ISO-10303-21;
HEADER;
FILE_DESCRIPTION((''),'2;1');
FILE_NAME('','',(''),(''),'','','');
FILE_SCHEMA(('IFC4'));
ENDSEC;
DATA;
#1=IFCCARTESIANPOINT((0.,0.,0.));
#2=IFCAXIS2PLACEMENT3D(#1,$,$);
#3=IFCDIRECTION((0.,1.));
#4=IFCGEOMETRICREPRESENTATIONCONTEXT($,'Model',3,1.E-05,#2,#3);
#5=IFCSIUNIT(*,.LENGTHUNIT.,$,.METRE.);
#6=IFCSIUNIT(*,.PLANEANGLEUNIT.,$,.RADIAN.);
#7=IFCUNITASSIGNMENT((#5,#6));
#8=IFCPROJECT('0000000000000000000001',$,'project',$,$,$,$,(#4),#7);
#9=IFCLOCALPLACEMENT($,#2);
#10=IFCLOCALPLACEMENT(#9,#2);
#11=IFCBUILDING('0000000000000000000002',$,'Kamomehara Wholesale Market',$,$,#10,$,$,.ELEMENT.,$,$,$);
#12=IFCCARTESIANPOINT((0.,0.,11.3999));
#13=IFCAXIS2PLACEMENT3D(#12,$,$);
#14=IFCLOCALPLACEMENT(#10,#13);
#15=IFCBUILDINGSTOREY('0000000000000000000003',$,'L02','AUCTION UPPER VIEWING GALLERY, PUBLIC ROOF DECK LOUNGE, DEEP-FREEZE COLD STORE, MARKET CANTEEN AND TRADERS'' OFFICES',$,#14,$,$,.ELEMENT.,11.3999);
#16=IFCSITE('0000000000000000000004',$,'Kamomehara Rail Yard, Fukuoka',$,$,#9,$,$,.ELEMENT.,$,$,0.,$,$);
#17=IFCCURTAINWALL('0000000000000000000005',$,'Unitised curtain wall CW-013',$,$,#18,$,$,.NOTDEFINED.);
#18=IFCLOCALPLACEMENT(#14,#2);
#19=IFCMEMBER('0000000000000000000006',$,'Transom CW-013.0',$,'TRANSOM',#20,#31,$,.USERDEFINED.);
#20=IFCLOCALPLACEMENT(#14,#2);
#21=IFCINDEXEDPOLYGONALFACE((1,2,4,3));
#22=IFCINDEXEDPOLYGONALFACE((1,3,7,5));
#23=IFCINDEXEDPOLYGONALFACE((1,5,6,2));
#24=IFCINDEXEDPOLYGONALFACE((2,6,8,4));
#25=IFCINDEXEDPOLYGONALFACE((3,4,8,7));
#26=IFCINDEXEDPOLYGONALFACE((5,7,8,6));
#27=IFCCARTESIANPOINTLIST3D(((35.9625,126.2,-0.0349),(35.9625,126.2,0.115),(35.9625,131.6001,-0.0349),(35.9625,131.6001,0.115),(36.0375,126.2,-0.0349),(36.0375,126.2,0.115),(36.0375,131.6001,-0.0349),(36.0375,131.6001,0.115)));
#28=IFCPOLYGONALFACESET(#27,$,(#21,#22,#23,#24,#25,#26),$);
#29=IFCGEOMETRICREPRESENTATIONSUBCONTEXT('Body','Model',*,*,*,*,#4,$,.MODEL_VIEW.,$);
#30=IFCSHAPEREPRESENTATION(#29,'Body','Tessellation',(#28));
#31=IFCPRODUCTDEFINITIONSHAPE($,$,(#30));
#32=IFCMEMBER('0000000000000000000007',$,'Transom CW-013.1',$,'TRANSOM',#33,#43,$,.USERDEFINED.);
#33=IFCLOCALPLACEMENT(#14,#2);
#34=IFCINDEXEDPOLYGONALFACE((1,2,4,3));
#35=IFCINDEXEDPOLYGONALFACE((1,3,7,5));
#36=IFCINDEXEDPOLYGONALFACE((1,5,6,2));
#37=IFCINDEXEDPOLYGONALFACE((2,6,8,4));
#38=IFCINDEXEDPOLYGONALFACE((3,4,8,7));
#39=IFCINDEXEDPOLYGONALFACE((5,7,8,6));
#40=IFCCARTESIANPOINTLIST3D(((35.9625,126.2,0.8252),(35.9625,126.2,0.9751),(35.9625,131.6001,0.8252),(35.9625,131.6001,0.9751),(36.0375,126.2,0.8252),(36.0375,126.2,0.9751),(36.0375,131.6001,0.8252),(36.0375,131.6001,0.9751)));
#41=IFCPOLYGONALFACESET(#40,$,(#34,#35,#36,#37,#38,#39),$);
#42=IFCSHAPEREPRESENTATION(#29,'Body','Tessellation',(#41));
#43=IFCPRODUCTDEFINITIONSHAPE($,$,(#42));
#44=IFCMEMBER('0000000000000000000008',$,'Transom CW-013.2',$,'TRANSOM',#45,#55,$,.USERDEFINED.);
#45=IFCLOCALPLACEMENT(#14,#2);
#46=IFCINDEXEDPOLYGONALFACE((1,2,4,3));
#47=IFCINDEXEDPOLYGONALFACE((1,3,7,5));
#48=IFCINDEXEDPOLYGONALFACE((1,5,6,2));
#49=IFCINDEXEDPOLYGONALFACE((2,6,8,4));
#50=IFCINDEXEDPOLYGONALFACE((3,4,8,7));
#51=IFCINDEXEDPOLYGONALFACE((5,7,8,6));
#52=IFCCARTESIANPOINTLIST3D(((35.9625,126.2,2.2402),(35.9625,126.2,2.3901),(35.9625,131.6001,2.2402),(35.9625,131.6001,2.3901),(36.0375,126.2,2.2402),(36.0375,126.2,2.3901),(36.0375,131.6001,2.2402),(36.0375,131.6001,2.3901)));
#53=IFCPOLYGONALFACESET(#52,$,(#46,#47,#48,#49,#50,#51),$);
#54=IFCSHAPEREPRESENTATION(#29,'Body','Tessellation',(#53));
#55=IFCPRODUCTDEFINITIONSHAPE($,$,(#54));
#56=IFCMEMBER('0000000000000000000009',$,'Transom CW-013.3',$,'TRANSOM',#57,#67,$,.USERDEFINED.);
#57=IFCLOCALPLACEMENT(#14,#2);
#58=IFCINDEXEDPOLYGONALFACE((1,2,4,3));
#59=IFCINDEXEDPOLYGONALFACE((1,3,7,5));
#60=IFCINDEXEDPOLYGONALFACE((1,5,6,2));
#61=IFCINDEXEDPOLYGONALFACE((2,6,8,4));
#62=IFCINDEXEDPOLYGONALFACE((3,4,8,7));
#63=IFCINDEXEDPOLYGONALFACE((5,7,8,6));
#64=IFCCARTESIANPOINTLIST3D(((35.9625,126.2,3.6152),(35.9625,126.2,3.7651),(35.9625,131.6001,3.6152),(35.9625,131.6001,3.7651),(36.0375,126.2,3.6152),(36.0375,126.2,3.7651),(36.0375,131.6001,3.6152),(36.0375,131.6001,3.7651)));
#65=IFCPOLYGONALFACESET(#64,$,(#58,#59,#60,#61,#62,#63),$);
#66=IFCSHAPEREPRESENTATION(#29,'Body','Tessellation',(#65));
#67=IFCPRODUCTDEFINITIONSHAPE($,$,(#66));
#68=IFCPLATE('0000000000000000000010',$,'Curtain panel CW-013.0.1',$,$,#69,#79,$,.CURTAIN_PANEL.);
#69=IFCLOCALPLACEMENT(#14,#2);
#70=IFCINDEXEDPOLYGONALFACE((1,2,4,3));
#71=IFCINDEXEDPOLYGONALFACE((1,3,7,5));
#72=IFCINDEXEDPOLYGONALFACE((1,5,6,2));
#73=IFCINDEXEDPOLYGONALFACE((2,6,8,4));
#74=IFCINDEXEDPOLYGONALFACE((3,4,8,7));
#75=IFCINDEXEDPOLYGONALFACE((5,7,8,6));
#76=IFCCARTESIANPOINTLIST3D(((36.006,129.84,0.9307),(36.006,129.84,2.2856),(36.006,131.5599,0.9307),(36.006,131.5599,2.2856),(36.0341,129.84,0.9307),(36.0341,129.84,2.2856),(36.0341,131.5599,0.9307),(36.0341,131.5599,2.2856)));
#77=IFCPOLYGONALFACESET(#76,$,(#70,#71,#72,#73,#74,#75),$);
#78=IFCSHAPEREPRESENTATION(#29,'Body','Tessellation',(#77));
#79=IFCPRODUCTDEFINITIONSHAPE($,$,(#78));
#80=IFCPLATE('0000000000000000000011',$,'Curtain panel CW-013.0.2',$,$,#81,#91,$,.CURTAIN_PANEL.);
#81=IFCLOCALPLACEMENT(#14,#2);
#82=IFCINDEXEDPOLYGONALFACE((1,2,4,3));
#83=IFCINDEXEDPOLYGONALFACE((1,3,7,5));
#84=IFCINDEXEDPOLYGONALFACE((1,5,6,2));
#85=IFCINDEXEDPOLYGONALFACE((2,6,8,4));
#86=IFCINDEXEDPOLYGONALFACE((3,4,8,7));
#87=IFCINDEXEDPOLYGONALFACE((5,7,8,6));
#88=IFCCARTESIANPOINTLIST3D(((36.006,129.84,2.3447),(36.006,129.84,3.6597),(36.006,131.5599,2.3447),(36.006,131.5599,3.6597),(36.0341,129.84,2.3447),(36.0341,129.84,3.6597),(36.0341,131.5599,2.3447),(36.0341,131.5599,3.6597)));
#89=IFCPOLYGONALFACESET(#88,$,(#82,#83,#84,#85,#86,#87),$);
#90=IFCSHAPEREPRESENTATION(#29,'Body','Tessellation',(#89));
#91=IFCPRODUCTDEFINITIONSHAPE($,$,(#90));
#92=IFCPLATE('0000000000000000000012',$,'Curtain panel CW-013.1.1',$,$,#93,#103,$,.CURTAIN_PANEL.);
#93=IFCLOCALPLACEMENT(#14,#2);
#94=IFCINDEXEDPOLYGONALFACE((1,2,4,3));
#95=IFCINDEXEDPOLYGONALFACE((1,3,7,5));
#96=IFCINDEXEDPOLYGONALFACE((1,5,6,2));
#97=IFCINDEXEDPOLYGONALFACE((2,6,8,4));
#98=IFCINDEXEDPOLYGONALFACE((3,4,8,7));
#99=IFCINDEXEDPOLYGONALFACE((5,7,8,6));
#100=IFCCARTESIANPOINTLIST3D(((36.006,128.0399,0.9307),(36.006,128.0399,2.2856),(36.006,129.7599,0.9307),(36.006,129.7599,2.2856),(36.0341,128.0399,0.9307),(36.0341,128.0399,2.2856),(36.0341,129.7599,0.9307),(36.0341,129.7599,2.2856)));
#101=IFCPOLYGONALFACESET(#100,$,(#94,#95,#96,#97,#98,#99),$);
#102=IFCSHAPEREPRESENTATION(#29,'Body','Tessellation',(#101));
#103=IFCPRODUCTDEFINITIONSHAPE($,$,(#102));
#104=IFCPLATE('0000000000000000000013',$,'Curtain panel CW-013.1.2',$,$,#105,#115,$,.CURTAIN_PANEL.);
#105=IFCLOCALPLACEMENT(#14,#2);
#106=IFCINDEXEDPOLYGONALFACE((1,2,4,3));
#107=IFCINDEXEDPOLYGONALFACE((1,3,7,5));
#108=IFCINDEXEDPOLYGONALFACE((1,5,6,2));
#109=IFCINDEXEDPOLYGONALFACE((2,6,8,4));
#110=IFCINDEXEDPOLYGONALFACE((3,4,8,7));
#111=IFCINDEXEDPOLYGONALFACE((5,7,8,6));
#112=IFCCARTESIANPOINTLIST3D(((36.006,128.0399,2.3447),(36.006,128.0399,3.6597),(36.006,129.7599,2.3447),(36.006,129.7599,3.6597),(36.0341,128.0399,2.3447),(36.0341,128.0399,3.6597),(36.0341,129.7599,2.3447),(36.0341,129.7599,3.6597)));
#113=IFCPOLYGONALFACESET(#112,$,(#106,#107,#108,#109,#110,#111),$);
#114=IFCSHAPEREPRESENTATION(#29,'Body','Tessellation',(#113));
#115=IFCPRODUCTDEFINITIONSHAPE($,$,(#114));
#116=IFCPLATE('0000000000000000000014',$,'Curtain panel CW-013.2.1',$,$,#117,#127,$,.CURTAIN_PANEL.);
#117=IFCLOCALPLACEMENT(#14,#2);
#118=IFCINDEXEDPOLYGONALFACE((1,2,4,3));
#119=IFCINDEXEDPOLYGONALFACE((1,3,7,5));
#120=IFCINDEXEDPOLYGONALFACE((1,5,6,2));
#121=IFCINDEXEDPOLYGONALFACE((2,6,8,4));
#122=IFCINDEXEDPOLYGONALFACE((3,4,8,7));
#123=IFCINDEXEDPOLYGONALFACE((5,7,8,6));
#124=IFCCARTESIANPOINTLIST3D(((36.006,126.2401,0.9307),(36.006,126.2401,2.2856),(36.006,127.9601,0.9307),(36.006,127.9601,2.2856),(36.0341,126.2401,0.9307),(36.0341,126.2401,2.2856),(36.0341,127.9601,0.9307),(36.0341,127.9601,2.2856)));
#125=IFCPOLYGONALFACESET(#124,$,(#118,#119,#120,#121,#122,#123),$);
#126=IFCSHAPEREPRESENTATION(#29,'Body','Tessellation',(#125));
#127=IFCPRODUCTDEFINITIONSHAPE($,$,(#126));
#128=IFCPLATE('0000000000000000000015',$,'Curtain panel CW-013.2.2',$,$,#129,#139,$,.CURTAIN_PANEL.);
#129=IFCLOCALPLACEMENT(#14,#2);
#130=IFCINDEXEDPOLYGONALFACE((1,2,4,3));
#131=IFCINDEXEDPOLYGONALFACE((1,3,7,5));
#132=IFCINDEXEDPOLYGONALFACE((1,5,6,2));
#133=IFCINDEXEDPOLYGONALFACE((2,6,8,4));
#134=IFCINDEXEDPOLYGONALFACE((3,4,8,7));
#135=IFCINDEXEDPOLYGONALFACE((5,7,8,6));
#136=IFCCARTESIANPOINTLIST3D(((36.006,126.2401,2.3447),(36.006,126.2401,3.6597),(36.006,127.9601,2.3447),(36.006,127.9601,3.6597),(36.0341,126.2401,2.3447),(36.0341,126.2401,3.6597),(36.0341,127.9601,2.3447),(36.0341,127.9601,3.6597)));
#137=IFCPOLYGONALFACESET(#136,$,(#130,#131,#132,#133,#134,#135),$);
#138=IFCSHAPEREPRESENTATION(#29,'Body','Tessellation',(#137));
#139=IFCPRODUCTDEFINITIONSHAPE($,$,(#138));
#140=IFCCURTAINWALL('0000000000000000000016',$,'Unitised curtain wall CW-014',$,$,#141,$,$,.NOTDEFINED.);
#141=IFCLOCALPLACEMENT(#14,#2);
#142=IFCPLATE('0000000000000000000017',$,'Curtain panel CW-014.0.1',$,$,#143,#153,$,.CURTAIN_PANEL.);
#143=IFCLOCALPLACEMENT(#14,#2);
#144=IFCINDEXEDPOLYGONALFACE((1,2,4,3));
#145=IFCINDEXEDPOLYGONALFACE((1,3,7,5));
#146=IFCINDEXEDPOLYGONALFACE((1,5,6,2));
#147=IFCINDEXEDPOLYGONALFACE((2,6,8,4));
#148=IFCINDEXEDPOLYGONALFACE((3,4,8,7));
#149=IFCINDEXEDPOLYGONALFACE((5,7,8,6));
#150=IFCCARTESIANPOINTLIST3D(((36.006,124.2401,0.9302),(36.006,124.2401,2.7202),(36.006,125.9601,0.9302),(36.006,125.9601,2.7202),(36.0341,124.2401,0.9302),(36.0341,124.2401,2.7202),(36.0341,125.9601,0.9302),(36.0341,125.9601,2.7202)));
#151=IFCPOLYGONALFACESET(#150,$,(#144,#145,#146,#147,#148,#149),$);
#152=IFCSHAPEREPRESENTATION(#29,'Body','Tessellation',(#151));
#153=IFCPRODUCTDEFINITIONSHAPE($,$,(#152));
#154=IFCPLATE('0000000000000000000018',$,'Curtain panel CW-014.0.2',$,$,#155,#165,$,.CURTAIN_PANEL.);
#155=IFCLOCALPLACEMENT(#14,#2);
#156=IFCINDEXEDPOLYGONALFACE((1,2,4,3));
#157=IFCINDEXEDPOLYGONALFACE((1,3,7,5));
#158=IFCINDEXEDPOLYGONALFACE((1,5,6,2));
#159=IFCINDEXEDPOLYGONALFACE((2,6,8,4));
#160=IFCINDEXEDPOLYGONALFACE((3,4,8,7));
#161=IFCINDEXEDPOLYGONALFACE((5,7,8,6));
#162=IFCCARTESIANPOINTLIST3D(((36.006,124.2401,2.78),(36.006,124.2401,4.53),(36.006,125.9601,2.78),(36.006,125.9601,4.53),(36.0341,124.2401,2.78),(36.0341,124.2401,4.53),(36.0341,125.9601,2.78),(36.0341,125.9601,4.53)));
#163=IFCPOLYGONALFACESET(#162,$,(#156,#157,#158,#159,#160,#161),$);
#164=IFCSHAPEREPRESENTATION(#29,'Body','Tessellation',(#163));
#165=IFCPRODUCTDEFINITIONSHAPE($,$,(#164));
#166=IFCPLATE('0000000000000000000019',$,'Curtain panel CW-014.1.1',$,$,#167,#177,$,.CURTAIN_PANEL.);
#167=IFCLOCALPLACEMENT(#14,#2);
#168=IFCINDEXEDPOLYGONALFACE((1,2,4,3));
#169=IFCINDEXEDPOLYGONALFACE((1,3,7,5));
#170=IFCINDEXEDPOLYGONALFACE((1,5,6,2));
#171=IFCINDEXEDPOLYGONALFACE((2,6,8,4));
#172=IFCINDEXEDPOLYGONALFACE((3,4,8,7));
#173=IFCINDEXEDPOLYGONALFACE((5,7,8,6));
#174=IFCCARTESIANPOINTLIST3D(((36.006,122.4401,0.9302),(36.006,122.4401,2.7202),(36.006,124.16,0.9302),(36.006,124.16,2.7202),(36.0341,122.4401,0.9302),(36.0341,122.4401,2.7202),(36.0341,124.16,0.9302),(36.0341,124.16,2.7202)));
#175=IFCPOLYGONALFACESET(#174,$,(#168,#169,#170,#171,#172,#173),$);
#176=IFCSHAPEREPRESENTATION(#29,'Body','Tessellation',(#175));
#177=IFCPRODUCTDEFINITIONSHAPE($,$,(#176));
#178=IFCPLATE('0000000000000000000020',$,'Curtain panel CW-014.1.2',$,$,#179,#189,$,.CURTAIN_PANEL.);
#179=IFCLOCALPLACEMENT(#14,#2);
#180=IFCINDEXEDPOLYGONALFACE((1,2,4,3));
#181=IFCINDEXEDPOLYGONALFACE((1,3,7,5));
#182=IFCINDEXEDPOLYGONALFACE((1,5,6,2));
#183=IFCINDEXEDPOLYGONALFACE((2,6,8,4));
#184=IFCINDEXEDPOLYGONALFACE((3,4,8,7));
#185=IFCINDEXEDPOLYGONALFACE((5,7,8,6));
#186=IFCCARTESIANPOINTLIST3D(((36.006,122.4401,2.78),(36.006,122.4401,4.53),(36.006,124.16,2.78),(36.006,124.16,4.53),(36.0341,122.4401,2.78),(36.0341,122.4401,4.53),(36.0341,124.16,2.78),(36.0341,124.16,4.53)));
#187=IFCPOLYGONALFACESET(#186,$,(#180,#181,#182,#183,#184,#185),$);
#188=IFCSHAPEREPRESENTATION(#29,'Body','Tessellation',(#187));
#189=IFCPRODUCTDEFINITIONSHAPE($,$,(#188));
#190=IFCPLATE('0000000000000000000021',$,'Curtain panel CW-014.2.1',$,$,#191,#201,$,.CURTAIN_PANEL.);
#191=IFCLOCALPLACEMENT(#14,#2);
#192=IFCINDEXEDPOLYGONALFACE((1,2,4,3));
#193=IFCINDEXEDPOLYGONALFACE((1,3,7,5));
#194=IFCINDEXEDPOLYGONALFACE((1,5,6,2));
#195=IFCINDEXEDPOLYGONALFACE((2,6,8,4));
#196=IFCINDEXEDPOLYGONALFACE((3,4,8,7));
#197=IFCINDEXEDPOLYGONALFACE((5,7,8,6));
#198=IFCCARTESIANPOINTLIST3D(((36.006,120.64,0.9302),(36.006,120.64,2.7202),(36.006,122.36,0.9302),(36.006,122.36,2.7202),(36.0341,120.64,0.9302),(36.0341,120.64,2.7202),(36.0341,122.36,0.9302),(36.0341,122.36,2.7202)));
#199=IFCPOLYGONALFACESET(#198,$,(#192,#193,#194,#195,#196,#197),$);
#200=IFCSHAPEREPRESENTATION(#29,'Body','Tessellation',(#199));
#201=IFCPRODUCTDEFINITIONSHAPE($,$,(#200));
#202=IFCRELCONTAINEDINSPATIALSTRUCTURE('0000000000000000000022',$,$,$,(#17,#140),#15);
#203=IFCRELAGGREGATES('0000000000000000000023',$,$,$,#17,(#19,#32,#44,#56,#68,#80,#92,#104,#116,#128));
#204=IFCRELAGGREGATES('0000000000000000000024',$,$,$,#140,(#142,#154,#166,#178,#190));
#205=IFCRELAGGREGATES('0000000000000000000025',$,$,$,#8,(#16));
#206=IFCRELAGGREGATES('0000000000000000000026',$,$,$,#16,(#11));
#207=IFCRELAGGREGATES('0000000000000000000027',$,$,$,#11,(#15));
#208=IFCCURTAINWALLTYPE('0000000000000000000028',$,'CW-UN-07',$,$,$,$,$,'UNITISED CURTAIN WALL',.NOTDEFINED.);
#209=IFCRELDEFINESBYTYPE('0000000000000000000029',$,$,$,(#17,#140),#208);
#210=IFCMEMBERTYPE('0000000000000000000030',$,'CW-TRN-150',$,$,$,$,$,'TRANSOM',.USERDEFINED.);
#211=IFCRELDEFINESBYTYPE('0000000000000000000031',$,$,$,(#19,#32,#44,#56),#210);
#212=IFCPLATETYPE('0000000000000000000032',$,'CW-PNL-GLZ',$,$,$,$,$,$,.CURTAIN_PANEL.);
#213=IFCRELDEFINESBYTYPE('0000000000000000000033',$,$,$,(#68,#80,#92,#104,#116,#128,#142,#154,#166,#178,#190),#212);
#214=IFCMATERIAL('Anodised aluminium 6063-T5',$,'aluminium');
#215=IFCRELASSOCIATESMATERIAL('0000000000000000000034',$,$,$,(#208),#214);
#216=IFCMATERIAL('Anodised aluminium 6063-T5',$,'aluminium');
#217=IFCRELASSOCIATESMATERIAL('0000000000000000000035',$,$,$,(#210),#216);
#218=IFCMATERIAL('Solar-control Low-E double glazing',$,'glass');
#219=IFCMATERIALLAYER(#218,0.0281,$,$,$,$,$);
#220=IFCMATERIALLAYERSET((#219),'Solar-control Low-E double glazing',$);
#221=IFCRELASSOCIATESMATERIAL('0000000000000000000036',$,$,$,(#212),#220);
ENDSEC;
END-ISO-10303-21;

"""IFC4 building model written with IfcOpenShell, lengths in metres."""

from ifc_helpers import new_model, si_unit, direction, frame, origin, origin_2d, place, context, subcontext, project, spatial, rectangle, extrude, material, layer, layer_set, material_profile, profile_set, type_object, element, aggregate, save


model = new_model("IFC4")

# Units and contexts
model_context = context("Model", 3, precision=1e-05, world=origin(), true_north=direction((0.0, 1.0)))
body_context = subcontext(model_context, "Body", "Model", "MODEL_VIEW")
ifc_project = project(units=[si_unit("LENGTHUNIT", "METRE"), si_unit("PLANEANGLEUNIT", "RADIAN")], contexts=[model_context])

# Site, building, storey
site_placement = place(None, origin())
site = spatial("IfcSite", under=ifc_project, at=site_placement, Name="Kamomehara Rail Yard, Fukuoka", CompositionType="ELEMENT", RefElevation=0.0)
building_placement = place(site_placement, origin())
building = spatial("IfcBuilding", under=site, at=building_placement, Name="Kamomehara Wholesale Market", CompositionType="ELEMENT")
storey_placement = place(building_placement, frame((0.0, 0.0, 11.3999)))
storey = spatial("IfcBuildingStorey", under=building, at=storey_placement, Name="L02", Description="AUCTION UPPER VIEWING GALLERY, PUBLIC ROOF DECK LOUNGE, DEEP-FREEZE COLD STORE, MARKET CANTEEN AND TRADERS' OFFICES", CompositionType="ELEMENT", Elevation=11.3999)

# Curtain wall, members, plates
ifc_material_1 = material(Name="Anodised aluminium 6063-T5", Category="aluminium")
curtain_wall_type = type_object("IfcCurtainWallType", Name="CW-UN-07", ElementType="UNITISED CURTAIN WALL", PredefinedType="NOTDEFINED", material=ifc_material_1)
curtain_wall_1_placement = place(storey_placement, origin())
curtain_wall_1 = element("IfcCurtainWall", 1, at=curtain_wall_1_placement, inside=storey, type_object=curtain_wall_type, Name="Unitised curtain wall CW-013", PredefinedType="NOTDEFINED")
ifc_material_2 = material(Name="Anodised aluminium 6063-T5", Category="aluminium")
ifc_material_profile_1 = material_profile(ifc_material_2, rectangle(XDim=0.075, YDim=0.1499, at=origin_2d()), Name="ALU-TRN-75x150")
ifc_profile_set_1 = profile_set([ifc_material_profile_1], Name="Anodised aluminium 6063-T5")
member_type_1 = type_object("IfcMemberType", Name="CW-TRN-150", ElementType="TRANSOM", PredefinedType="USERDEFINED", material=ifc_profile_set_1)
member_1_placement = place(storey_placement, frame((36.0, 131.6001, 0.04), z_axis=(0.0, -1.0, 0.0), x_axis=(1.0, 0.0, 0.0)))
member_1 = element("IfcMember", 2, at=member_1_placement, type_object=member_type_1, Name="Transom CW-013.0", ObjectType="TRANSOM", PredefinedType="USERDEFINED", context=body_context, shape_type="SweptSolid", body=[
    extrude(rectangle(XDim=0.075, YDim=0.1499, at=origin_2d()), origin(), (0.0, 0.0, 1.0), 5.4001),
])
member_2_placement = place(storey_placement, frame((36.0, 131.6001, 0.9001), z_axis=(0.0, -1.0, 0.0), x_axis=(1.0, 0.0, 0.0)))
member_2 = element("IfcMember", 3, at=member_2_placement, type_object=member_type_1, Name="Transom CW-013.1", ObjectType="TRANSOM", PredefinedType="USERDEFINED", context=body_context, shape_type="SweptSolid", body=[
    extrude(rectangle(XDim=0.075, YDim=0.1499, at=origin_2d()), origin(), (0.0, 0.0, 1.0), 5.4001),
])
member_3_placement = place(storey_placement, frame((36.0, 131.6001, 2.3152), z_axis=(0.0, -1.0, 0.0), x_axis=(1.0, 0.0, 0.0)))
member_3 = element("IfcMember", 4, at=member_3_placement, type_object=member_type_1, Name="Transom CW-013.2", ObjectType="TRANSOM", PredefinedType="USERDEFINED", context=body_context, shape_type="SweptSolid", body=[
    extrude(rectangle(XDim=0.075, YDim=0.1499, at=origin_2d()), origin(), (0.0, 0.0, 1.0), 5.4001),
])
member_4_placement = place(storey_placement, frame((36.0, 131.6001, 3.6902), z_axis=(0.0, -1.0, 0.0), x_axis=(1.0, 0.0, 0.0)))
member_4 = element("IfcMember", 5, at=member_4_placement, type_object=member_type_1, Name="Transom CW-013.3", ObjectType="TRANSOM", PredefinedType="USERDEFINED", context=body_context, shape_type="SweptSolid", body=[
    extrude(rectangle(XDim=0.075, YDim=0.1499, at=origin_2d()), origin(), (0.0, 0.0, 1.0), 5.4001),
])
ifc_material_3 = material(Name="Solar-control Low-E double glazing", Category="glass")
ifc_layer_1 = layer(ifc_material_3, 0.0281)
ifc_layer_set_1 = layer_set([ifc_layer_1], Name="Solar-control Low-E double glazing")
plate_type_1 = type_object("IfcPlateType", Name="CW-PNL-GLZ", PredefinedType="CURTAIN_PANEL", material=ifc_layer_set_1)
plate_1_placement = place(storey_placement, frame((36.02, 130.7, 0.9307), z_axis=(0.0, 0.0, 1.0), x_axis=(0.0, -1.0, 0.0)))
plate_1 = element("IfcPlate", 6, at=plate_1_placement, type_object=plate_type_1, Name="Curtain panel CW-013.0.1", PredefinedType="CURTAIN_PANEL", context=body_context, shape_type="SweptSolid", body=[
    extrude(rectangle(XDim=1.72, YDim=0.0281, at=origin_2d()), origin(), (0.0, 0.0, 1.0), 1.355),
])
plate_2_placement = place(storey_placement, frame((36.02, 130.7, 2.3447), z_axis=(0.0, 0.0, 1.0), x_axis=(0.0, -1.0, 0.0)))
plate_2 = element("IfcPlate", 7, at=plate_2_placement, type_object=plate_type_1, Name="Curtain panel CW-013.0.2", PredefinedType="CURTAIN_PANEL", context=body_context, shape_type="SweptSolid", body=[
    extrude(rectangle(XDim=1.72, YDim=0.0281, at=origin_2d()), origin(), (0.0, 0.0, 1.0), 1.3149),
])
plate_3_placement = place(storey_placement, frame((36.02, 128.8999, 0.9307), z_axis=(0.0, 0.0, 1.0), x_axis=(0.0, -1.0, 0.0)))
plate_3 = element("IfcPlate", 8, at=plate_3_placement, type_object=plate_type_1, Name="Curtain panel CW-013.1.1", PredefinedType="CURTAIN_PANEL", context=body_context, shape_type="SweptSolid", body=[
    extrude(rectangle(XDim=1.72, YDim=0.0281, at=origin_2d()), origin(), (0.0, 0.0, 1.0), 1.355),
])
plate_4_placement = place(storey_placement, frame((36.02, 128.8999, 2.3447), z_axis=(0.0, 0.0, 1.0), x_axis=(0.0, -1.0, 0.0)))
plate_4 = element("IfcPlate", 9, at=plate_4_placement, type_object=plate_type_1, Name="Curtain panel CW-013.1.2", PredefinedType="CURTAIN_PANEL", context=body_context, shape_type="SweptSolid", body=[
    extrude(rectangle(XDim=1.72, YDim=0.0281, at=origin_2d()), origin(), (0.0, 0.0, 1.0), 1.3149),
])
plate_5_placement = place(storey_placement, frame((36.02, 127.1001, 0.9307), z_axis=(0.0, 0.0, 1.0), x_axis=(0.0, -1.0, 0.0)))
plate_5 = element("IfcPlate", 10, at=plate_5_placement, type_object=plate_type_1, Name="Curtain panel CW-013.2.1", PredefinedType="CURTAIN_PANEL", context=body_context, shape_type="SweptSolid", body=[
    extrude(rectangle(XDim=1.72, YDim=0.0281, at=origin_2d()), origin(), (0.0, 0.0, 1.0), 1.355),
])
plate_6_placement = place(storey_placement, frame((36.02, 127.1001, 2.3447), z_axis=(0.0, 0.0, 1.0), x_axis=(0.0, -1.0, 0.0)))
plate_6 = element("IfcPlate", 11, at=plate_6_placement, type_object=plate_type_1, Name="Curtain panel CW-013.2.2", PredefinedType="CURTAIN_PANEL", context=body_context, shape_type="SweptSolid", body=[
    extrude(rectangle(XDim=1.72, YDim=0.0281, at=origin_2d()), origin(), (0.0, 0.0, 1.0), 1.3149),
])

# Curtain wall, plates
curtain_wall_2_placement = place(storey_placement, origin())
curtain_wall_2 = element("IfcCurtainWall", 12, at=curtain_wall_2_placement, inside=storey, type_object=curtain_wall_type, Name="Unitised curtain wall CW-014", PredefinedType="NOTDEFINED")
plate_7_placement = place(storey_placement, frame((36.02, 125.1001, 0.9302), z_axis=(0.0, 0.0, 1.0), x_axis=(0.0, -1.0, 0.0)))
plate_7 = element("IfcPlate", 13, at=plate_7_placement, type_object=plate_type_1, Name="Curtain panel CW-014.0.1", PredefinedType="CURTAIN_PANEL", context=body_context, shape_type="SweptSolid", body=[
    extrude(rectangle(XDim=1.72, YDim=0.0281, at=origin_2d()), origin(), (0.0, 0.0, 1.0), 1.79),
])
plate_8_placement = place(storey_placement, frame((36.02, 125.1001, 2.78), z_axis=(0.0, 0.0, 1.0), x_axis=(0.0, -1.0, 0.0)))
plate_8 = element("IfcPlate", 14, at=plate_8_placement, type_object=plate_type_1, Name="Curtain panel CW-014.0.2", PredefinedType="CURTAIN_PANEL", context=body_context, shape_type="SweptSolid", body=[
    extrude(rectangle(XDim=1.72, YDim=0.0281, at=origin_2d()), origin(), (0.0, 0.0, 1.0), 1.75),
])
plate_9_placement = place(storey_placement, frame((36.02, 123.3, 0.9302), z_axis=(0.0, 0.0, 1.0), x_axis=(0.0, -1.0, 0.0)))
plate_9 = element("IfcPlate", 15, at=plate_9_placement, type_object=plate_type_1, Name="Curtain panel CW-014.1.1", PredefinedType="CURTAIN_PANEL", context=body_context, shape_type="SweptSolid", body=[
    extrude(rectangle(XDim=1.72, YDim=0.0281, at=origin_2d()), origin(), (0.0, 0.0, 1.0), 1.79),
])
plate_10_placement = place(storey_placement, frame((36.02, 123.3, 2.78), z_axis=(0.0, 0.0, 1.0), x_axis=(0.0, -1.0, 0.0)))
plate_10 = element("IfcPlate", 16, at=plate_10_placement, type_object=plate_type_1, Name="Curtain panel CW-014.1.2", PredefinedType="CURTAIN_PANEL", context=body_context, shape_type="SweptSolid", body=[
    extrude(rectangle(XDim=1.72, YDim=0.0281, at=origin_2d()), origin(), (0.0, 0.0, 1.0), 1.75),
])
plate_11_placement = place(storey_placement, frame((36.02, 121.5, 0.9302), z_axis=(0.0, 0.0, 1.0), x_axis=(0.0, -1.0, 0.0)))
plate_11 = element("IfcPlate", 17, at=plate_11_placement, type_object=plate_type_1, Name="Curtain panel CW-014.2.1", PredefinedType="CURTAIN_PANEL", context=body_context, shape_type="SweptSolid", body=[
    extrude(rectangle(XDim=1.72, YDim=0.0281, at=origin_2d()), origin(), (0.0, 0.0, 1.0), 1.79),
])

aggregate(curtain_wall_1, [member_1, member_2, member_3, member_4, plate_1, plate_2, plate_3, plate_4, plate_5, plate_6])
aggregate(curtain_wall_2, [plate_7, plate_8, plate_9, plate_10, plate_11])

save(model, "model.ifc")
